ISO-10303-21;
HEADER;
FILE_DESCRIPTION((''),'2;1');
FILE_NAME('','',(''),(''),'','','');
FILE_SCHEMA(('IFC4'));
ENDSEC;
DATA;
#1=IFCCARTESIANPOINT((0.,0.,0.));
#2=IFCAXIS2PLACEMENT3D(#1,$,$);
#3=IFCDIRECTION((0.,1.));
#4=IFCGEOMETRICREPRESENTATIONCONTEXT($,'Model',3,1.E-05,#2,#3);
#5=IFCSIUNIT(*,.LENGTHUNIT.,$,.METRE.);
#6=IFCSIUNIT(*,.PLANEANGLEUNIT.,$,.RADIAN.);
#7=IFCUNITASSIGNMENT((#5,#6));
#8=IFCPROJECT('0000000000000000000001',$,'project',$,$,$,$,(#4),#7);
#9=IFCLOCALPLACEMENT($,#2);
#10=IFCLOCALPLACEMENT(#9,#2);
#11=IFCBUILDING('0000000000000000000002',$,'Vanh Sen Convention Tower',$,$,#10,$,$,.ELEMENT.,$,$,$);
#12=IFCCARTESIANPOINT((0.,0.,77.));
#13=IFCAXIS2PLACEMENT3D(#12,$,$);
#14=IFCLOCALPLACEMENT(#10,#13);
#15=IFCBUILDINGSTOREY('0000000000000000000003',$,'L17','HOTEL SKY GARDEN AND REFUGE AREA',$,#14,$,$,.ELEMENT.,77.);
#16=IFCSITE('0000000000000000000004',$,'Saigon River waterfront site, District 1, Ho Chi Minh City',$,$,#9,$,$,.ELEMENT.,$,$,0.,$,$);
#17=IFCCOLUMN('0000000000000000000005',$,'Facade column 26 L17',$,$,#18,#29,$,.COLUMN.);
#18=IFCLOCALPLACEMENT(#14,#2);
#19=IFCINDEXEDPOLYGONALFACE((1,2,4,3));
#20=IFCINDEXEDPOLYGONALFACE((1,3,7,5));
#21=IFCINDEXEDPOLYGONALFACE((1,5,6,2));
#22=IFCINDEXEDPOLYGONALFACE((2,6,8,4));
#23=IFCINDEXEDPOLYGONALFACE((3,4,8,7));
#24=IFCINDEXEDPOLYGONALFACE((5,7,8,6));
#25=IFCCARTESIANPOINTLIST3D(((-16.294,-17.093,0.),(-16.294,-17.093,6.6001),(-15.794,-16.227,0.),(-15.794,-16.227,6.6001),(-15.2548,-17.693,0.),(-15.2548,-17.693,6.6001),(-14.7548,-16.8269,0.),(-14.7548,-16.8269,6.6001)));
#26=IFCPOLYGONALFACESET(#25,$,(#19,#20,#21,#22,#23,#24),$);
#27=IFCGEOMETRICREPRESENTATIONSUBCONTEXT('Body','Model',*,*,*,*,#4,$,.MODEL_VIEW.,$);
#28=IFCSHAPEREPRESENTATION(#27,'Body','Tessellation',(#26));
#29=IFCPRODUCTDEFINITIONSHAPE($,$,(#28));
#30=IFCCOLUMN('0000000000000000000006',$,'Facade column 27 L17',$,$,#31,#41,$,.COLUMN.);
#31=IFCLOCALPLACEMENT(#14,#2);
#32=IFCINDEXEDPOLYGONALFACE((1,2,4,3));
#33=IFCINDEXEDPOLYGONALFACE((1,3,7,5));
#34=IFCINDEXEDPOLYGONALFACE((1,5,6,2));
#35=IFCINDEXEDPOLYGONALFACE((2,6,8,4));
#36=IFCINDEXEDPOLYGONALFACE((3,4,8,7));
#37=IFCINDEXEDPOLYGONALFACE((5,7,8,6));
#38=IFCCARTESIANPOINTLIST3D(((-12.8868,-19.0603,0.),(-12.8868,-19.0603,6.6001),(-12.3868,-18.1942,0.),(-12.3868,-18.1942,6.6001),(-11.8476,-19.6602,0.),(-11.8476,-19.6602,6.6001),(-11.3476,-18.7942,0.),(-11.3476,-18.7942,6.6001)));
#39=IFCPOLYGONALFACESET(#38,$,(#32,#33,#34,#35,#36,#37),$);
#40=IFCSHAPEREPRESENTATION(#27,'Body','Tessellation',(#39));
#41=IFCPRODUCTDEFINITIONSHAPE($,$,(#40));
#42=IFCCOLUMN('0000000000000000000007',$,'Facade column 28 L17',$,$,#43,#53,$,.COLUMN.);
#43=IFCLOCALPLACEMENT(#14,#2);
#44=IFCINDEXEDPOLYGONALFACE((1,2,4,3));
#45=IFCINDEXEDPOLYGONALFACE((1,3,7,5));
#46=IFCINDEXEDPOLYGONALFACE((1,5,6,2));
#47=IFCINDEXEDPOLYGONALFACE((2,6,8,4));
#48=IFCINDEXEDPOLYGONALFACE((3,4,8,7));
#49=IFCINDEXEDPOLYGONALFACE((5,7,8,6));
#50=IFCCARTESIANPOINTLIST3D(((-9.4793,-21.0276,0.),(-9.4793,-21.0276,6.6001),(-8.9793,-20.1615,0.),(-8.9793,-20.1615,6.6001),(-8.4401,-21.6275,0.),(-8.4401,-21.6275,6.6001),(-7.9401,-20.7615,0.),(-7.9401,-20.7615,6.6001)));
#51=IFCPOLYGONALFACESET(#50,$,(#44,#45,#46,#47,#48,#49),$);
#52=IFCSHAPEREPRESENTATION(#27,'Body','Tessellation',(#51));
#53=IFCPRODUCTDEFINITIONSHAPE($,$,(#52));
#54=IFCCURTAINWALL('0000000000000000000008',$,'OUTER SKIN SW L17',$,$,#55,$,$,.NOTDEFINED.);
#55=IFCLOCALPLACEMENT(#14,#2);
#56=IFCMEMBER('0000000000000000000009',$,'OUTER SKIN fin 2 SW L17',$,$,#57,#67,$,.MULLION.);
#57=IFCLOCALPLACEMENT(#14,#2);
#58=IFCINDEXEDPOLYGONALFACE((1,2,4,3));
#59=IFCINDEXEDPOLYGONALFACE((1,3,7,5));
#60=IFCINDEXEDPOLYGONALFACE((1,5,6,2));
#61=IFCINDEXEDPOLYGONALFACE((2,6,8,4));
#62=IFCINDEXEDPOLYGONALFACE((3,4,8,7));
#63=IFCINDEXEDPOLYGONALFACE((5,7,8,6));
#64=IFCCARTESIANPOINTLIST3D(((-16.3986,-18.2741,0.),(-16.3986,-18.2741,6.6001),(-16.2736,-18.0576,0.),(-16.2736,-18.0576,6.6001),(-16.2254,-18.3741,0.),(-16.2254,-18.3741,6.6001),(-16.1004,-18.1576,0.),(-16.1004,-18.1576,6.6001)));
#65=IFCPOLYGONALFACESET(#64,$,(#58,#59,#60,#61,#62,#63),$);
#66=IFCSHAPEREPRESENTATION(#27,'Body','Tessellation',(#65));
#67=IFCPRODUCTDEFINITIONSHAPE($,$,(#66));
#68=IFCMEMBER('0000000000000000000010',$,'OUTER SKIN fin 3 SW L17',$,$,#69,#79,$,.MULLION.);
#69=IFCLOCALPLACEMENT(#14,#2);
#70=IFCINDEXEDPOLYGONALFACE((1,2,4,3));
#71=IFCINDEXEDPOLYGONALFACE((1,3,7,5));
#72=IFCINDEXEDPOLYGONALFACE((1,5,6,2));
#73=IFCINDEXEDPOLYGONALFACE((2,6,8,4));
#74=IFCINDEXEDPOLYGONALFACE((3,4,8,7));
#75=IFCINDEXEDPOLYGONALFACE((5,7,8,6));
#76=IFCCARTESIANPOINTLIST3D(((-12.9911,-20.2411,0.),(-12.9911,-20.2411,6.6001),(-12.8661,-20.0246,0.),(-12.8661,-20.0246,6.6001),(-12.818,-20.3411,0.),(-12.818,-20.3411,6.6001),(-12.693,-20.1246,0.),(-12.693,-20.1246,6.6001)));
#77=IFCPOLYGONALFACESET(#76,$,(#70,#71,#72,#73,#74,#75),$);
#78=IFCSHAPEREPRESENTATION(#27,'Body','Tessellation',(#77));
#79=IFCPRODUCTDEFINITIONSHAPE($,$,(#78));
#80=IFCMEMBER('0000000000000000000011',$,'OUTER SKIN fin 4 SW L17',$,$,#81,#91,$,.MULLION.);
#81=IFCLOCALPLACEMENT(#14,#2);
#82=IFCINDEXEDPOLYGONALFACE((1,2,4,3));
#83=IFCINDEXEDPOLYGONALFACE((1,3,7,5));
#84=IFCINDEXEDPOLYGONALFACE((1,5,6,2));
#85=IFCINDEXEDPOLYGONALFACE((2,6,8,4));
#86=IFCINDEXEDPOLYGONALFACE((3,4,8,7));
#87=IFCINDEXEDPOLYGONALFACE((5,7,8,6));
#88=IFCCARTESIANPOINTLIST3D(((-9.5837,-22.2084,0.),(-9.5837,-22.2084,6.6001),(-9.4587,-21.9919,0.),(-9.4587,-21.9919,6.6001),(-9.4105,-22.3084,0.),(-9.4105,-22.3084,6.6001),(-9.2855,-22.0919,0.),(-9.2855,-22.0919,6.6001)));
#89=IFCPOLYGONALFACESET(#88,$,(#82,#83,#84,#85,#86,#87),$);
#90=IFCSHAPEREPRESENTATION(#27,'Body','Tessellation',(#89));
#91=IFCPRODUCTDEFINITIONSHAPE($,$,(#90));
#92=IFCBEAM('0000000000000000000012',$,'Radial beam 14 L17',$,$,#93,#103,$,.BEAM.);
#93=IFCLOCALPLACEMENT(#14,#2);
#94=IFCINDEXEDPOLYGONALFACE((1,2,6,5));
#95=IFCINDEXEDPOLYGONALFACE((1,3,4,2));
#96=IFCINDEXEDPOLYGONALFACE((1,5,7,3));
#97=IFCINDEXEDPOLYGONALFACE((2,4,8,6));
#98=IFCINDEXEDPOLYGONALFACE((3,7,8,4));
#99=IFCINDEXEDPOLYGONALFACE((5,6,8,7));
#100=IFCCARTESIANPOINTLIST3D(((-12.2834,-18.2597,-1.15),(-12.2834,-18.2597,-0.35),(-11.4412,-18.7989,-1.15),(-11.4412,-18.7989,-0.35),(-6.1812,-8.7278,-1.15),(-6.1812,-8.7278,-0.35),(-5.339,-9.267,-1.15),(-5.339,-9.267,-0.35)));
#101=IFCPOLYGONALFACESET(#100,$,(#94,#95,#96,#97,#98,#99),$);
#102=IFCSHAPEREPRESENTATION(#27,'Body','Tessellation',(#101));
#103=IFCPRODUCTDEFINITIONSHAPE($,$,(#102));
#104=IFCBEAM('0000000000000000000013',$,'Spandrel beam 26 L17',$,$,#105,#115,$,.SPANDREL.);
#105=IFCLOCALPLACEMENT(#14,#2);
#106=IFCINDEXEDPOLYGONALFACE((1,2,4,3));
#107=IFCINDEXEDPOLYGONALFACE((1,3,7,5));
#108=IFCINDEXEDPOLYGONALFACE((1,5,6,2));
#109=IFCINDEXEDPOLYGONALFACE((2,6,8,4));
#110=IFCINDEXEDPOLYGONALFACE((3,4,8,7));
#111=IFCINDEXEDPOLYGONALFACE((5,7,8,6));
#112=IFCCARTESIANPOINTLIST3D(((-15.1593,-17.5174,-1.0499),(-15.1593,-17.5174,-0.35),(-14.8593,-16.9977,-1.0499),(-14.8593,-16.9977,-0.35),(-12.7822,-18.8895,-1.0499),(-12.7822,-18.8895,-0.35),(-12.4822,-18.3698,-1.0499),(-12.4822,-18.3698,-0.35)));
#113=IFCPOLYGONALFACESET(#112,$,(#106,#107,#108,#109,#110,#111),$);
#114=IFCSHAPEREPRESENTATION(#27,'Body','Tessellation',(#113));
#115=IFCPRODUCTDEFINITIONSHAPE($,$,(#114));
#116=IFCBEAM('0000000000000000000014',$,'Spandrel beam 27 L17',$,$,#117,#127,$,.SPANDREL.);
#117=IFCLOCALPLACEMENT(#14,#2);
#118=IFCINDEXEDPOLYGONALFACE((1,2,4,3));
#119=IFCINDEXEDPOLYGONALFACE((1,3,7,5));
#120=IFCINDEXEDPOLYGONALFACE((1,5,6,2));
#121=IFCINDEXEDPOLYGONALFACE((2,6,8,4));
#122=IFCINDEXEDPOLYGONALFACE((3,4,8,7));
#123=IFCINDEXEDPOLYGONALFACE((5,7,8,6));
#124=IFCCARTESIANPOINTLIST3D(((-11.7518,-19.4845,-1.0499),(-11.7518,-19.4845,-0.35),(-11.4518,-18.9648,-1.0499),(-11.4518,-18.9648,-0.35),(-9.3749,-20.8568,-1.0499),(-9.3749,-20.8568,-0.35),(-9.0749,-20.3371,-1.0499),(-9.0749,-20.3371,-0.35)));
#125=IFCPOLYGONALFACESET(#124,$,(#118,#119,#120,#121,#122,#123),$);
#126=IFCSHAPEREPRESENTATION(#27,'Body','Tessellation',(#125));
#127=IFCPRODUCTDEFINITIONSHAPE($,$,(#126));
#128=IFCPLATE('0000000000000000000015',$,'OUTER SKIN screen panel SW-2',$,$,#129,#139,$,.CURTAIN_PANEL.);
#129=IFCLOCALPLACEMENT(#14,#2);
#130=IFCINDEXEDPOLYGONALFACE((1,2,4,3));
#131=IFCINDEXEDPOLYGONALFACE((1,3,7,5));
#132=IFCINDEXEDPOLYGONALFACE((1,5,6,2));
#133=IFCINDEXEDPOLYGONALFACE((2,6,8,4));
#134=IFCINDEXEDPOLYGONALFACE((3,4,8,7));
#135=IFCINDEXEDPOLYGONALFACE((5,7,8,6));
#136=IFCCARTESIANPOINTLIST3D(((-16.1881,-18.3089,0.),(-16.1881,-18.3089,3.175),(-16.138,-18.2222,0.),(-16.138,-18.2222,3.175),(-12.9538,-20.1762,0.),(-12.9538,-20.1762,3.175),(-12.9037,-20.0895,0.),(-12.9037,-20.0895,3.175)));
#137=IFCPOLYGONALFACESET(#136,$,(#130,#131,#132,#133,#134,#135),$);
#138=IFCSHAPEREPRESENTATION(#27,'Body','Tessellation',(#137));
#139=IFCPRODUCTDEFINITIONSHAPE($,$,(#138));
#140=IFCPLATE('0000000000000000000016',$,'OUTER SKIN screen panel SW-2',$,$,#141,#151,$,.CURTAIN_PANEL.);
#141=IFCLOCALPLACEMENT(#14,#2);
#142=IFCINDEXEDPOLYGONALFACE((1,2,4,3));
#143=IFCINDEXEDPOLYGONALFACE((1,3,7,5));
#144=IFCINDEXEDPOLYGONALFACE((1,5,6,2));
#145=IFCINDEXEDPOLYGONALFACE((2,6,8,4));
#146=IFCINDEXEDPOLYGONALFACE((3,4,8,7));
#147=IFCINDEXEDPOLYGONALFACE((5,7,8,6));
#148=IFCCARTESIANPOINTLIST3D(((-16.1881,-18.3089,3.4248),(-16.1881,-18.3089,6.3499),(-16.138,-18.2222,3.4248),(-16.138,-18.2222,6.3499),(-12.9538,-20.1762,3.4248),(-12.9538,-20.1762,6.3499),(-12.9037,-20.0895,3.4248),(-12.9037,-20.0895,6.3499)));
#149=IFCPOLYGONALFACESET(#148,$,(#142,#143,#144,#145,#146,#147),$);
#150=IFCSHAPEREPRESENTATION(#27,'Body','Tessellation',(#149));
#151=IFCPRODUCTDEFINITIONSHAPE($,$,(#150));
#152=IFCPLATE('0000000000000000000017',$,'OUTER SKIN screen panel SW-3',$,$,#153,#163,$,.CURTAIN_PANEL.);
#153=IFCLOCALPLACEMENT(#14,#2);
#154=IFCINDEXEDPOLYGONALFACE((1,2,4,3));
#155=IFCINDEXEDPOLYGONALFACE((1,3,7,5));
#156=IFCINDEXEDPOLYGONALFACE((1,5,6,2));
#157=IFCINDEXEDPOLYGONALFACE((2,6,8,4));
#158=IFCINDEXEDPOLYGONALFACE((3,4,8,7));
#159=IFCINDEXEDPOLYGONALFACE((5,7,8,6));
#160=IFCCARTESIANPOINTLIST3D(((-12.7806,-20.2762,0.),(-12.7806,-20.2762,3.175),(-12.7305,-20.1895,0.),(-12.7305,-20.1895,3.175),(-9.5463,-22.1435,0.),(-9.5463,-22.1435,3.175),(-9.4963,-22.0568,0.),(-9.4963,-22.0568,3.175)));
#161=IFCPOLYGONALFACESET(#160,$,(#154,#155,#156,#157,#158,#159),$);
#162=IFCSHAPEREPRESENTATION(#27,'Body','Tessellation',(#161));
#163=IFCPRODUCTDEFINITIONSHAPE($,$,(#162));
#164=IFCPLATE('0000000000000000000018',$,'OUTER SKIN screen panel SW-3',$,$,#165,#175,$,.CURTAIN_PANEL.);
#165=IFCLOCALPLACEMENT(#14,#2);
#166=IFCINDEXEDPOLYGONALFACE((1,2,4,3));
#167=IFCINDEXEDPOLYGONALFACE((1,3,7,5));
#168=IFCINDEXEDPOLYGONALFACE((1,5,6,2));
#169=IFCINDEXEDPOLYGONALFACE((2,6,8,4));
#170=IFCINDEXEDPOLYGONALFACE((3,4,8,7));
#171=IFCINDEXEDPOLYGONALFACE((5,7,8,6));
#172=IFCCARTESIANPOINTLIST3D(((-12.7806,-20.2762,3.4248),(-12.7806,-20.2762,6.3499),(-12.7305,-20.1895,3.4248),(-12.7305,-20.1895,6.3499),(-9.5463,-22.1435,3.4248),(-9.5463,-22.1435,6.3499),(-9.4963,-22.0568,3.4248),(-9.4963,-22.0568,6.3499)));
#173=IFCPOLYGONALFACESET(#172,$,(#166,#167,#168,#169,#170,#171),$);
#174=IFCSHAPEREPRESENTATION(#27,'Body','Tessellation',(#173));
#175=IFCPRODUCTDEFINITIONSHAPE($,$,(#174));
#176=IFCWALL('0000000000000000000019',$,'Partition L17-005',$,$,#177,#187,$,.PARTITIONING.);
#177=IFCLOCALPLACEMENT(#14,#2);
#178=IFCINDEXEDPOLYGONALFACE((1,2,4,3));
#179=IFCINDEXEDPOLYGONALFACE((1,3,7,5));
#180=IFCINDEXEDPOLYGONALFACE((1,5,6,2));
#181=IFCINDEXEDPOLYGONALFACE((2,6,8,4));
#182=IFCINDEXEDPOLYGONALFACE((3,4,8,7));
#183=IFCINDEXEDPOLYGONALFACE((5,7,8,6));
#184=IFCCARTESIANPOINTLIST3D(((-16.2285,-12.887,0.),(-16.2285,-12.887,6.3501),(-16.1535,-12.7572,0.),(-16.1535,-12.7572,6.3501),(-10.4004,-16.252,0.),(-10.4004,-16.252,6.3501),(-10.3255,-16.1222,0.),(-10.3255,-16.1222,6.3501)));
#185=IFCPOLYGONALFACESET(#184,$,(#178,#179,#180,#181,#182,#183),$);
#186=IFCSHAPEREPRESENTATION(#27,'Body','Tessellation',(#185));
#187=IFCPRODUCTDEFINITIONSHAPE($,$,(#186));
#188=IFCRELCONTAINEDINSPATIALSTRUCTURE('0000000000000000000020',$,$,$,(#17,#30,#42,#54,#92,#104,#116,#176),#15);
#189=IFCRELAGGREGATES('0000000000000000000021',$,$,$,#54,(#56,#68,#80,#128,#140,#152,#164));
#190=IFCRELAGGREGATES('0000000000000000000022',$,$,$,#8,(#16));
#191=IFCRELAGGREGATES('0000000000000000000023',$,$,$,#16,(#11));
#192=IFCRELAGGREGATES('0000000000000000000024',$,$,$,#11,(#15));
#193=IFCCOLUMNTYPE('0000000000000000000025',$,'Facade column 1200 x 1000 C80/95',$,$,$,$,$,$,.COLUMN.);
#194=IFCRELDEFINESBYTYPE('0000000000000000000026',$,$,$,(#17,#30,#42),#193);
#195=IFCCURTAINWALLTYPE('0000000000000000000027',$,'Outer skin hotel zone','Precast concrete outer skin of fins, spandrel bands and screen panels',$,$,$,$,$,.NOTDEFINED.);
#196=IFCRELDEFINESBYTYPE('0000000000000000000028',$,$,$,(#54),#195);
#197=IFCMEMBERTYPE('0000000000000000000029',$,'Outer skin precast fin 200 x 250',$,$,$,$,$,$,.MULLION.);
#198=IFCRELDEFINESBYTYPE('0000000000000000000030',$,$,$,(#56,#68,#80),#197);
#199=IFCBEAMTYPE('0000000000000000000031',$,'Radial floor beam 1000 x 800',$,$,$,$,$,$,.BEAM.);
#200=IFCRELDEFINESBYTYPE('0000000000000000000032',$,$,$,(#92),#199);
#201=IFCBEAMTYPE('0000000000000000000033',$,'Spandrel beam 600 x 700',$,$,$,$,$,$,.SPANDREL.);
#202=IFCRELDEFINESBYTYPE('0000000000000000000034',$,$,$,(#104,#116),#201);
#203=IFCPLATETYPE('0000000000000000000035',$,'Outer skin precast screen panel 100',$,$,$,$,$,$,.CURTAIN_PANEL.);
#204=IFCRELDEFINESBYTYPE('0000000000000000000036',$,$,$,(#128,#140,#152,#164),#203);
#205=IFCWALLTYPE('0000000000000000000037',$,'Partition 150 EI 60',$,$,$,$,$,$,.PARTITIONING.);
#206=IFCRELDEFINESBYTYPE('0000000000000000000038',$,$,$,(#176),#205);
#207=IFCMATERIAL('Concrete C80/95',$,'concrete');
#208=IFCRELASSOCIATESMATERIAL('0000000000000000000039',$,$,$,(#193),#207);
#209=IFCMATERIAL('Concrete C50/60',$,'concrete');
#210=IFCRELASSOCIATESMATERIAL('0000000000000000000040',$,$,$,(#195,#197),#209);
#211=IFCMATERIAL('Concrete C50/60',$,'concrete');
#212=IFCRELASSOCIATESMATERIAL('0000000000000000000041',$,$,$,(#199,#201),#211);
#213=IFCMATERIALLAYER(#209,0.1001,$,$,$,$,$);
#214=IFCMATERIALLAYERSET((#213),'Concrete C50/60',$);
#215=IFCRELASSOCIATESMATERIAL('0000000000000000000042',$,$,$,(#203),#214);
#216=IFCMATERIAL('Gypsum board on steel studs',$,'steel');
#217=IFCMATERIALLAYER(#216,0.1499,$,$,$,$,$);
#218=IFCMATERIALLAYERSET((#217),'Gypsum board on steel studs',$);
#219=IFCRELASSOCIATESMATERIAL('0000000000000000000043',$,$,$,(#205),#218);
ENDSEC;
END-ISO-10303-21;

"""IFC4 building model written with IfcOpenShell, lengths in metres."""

from ifc_helpers import new_model, si_unit, direction, frame, frame_2d, origin, origin_2d, place, context, subcontext, project, spatial, rectangle, extrude, material, layer, layer_set, material_profile, profile_set, type_object, element, aggregate, save


model = new_model("IFC4")

# Units and contexts
model_context = context("Model", 3, precision=1e-05, world=origin(), true_north=direction((0.0, 1.0)))
body_context = subcontext(model_context, "Body", "Model", "MODEL_VIEW")
ifc_project = project(units=[si_unit("LENGTHUNIT", "METRE"), si_unit("PLANEANGLEUNIT", "RADIAN")], contexts=[model_context])

# Site, building, storey
site_placement = place(None, origin())
site = spatial("IfcSite", under=ifc_project, at=site_placement, Name="Saigon River waterfront site, District 1, Ho Chi Minh City", CompositionType="ELEMENT", RefElevation=0.0)
building_placement = place(site_placement, origin())
building = spatial("IfcBuilding", under=site, at=building_placement, Name="Vanh Sen Convention Tower", CompositionType="ELEMENT")
storey_placement = place(building_placement, frame((0.0, 0.0, 77.0)))
storey = spatial("IfcBuildingStorey", under=building, at=storey_placement, Name="L17", Description="HOTEL SKY GARDEN AND REFUGE AREA", CompositionType="ELEMENT", Elevation=77.0)

# Columns
ifc_material_1 = material(Name="Concrete C80/95", Category="concrete")
ifc_material_profile_1 = material_profile(ifc_material_1, rectangle(XDim=1.2, YDim=1.0, at=origin_2d()), Name="RC 1200X1000")
ifc_profile_set_1 = profile_set([ifc_material_profile_1], Name="Concrete C80/95")
column_type = type_object("IfcColumnType", Name="Facade column 1200 x 1000 C80/95", PredefinedType="COLUMN", material=ifc_profile_set_1)
for number, where, z_axis, x_axis, name in (
    (1, (-15.5244, -16.96, 0.0), (0.0, 0.0, 1.0), (0.866025, -0.5, 0.0), "Facade column 26 L17"),
    (2, (-12.1172, -18.9272, 0.0), (0.0, 0.0, 1.0), (0.866025, -0.5, 0.0), "Facade column 27 L17"),
    (3, (-8.7097, -20.8945, 0.0), (0.0, 0.0, 1.0), (0.866025, -0.5, 0.0), "Facade column 28 L17"),
):
    element("IfcColumn", number, at=place(storey_placement, frame(where, z_axis=z_axis, x_axis=x_axis)), inside=storey, type_object=column_type, Name=name, PredefinedType="COLUMN", context=body_context, shape_type="SweptSolid", body=[
        extrude(rectangle(XDim=1.2, YDim=1.0, at=origin_2d()), origin(), (0.0, 0.0, 1.0), 6.6001),
    ])

# Curtain wall, members
ifc_material_2 = material(Name="Concrete C50/60", Category="concrete")
curtain_wall_type = type_object("IfcCurtainWallType", Name="Outer skin hotel zone", Description="Precast concrete outer skin of fins, spandrel bands and screen panels", PredefinedType="NOTDEFINED", material=ifc_material_2)
curtain_wall_placement = place(storey_placement, origin())
curtain_wall = element("IfcCurtainWall", 4, at=curtain_wall_placement, inside=storey, type_object=curtain_wall_type, Name="OUTER SKIN SW L17", PredefinedType="NOTDEFINED")
ifc_material_profile_2 = material_profile(ifc_material_2, rectangle(XDim=0.2, YDim=0.25, at=origin_2d()), Name="Outer skin precast fin 200 x 250")
ifc_profile_set_2 = profile_set([ifc_material_profile_2], Name="Concrete C50/60")
member_type = type_object("IfcMemberType", Name="Outer skin precast fin 200 x 250", PredefinedType="MULLION", material=ifc_profile_set_2)
member_1_placement = place(storey_placement, frame((-16.2495, -18.2158, 0.0), z_axis=(0.0, 0.0, 1.0), x_axis=(0.866025, -0.5, 0.0)))
member_1 = element("IfcMember", 5, at=member_1_placement, type_object=member_type, Name="OUTER SKIN fin 2 SW L17", PredefinedType="MULLION", context=body_context, shape_type="SweptSolid", body=[
    extrude(rectangle(XDim=0.2, YDim=0.25, at=origin_2d()), origin(), (0.0, 0.0, 1.0), 6.6001),
])
member_2_placement = place(storey_placement, frame((-12.842, -20.1829, 0.0), z_axis=(0.0, 0.0, 1.0), x_axis=(0.866025, -0.5, 0.0)))
member_2 = element("IfcMember", 6, at=member_2_placement, type_object=member_type, Name="OUTER SKIN fin 3 SW L17", PredefinedType="MULLION", context=body_context, shape_type="SweptSolid", body=[
    extrude(rectangle(XDim=0.2, YDim=0.25, at=origin_2d()), origin(), (0.0, 0.0, 1.0), 6.6001),
])
member_3_placement = place(storey_placement, frame((-9.4346, -22.1501, 0.0), z_axis=(0.0, 0.0, 1.0), x_axis=(0.866025, -0.5, 0.0)))
member_3 = element("IfcMember", 7, at=member_3_placement, type_object=member_type, Name="OUTER SKIN fin 4 SW L17", PredefinedType="MULLION", context=body_context, shape_type="SweptSolid", body=[
    extrude(rectangle(XDim=0.2, YDim=0.25, at=origin_2d()), origin(), (0.0, 0.0, 1.0), 6.6001),
])

# Beams
ifc_material_3 = material(Name="Concrete C50/60", Category="concrete")
ifc_material_profile_3 = material_profile(ifc_material_3, rectangle(XDim=1.0, YDim=0.8, at=origin_2d()), Name="RC 1000X800")
ifc_profile_set_3 = profile_set([ifc_material_profile_3], Name="Concrete C50/60")
beam_type_1 = type_object("IfcBeamType", Name="Radial floor beam 1000 x 800", PredefinedType="BEAM", material=ifc_profile_set_3)
beam_placement = place(storey_placement, frame((-11.8623, -18.5293, -0.75), z_axis=(0.539168, 0.842198, 0.0), x_axis=(-0.842198, 0.539168, 0.0)))
element("IfcBeam", 8, at=beam_placement, inside=storey, type_object=beam_type_1, Name="Radial beam 14 L17", PredefinedType="BEAM", context=body_context, shape_type="SweptSolid", body=[
    extrude(rectangle(XDim=1.0, YDim=0.8, at=origin_2d()), origin(), (0.0, 0.0, 1.0), 11.3179),
])
ifc_material_profile_4 = material_profile(ifc_material_3, rectangle(XDim=0.6001, YDim=0.7, at=origin_2d()), Name="RC 600X700")
ifc_profile_set_4 = profile_set([ifc_material_profile_4], Name="Concrete C50/60")
beam_type_2 = type_object("IfcBeamType", Name="Spandrel beam 600 x 700", PredefinedType="SPANDREL", material=ifc_profile_set_4)
for number, where, z_axis, x_axis, name in (
    (9, (-15.0093, -17.2576, -0.7), (0.866067, -0.499928, 0.0), (0.499928, 0.866067, 0.0), "Spandrel beam 26 L17"),
    (10, (-11.6018, -19.2246, -0.7), (0.866029, -0.499995, 0.0), (0.499995, 0.866029, 0.0), "Spandrel beam 27 L17"),
):
    element("IfcBeam", number, at=place(storey_placement, frame(where, z_axis=z_axis, x_axis=x_axis)), inside=storey, type_object=beam_type_2, Name=name, PredefinedType="SPANDREL", context=body_context, shape_type="SweptSolid", body=[
        extrude(rectangle(XDim=0.6001, YDim=0.7, at=origin_2d()), origin(), (0.0, 0.0, 1.0), 2.7446),
    ])

# Plates
ifc_layer_1 = layer(ifc_material_2, 0.1001)
ifc_layer_set_1 = layer_set([ifc_layer_1], Name="Concrete C50/60")
plate_type = type_object("IfcPlateType", Name="Outer skin precast screen panel 100", PredefinedType="CURTAIN_PANEL", material=ifc_layer_set_1)
plate_1_placement = place(storey_placement, frame((-14.5459, -19.1992, 0.0), z_axis=(0.0, 0.0, 1.0), x_axis=(0.866032, -0.499988, 0.0)))
plate_1 = element("IfcPlate", 11, at=plate_1_placement, type_object=plate_type, Name="OUTER SKIN screen panel SW-2", PredefinedType="CURTAIN_PANEL", context=body_context, shape_type="SweptSolid", body=[
    extrude(rectangle(XDim=3.7346, YDim=0.1001, at=origin_2d()), origin(), (0.0, 0.0, 1.0), 3.175),
])
plate_2_placement = place(storey_placement, frame((-14.5459, -19.1992, 3.4248), z_axis=(0.0, 0.0, 1.0), x_axis=(0.866032, -0.499988, 0.0)))
plate_2 = element("IfcPlate", 12, at=plate_2_placement, type_object=plate_type, Name="OUTER SKIN screen panel SW-2", PredefinedType="CURTAIN_PANEL", context=body_context, shape_type="SweptSolid", body=[
    extrude(rectangle(XDim=3.7346, YDim=0.1001, at=origin_2d()), origin(), (0.0, 0.0, 1.0), 2.925),
])
plate_3_placement = place(storey_placement, frame((-11.1384, -21.1665, 0.0), z_axis=(0.0, 0.0, 1.0), x_axis=(0.866028, -0.499995, 0.0)))
plate_3 = element("IfcPlate", 13, at=plate_3_placement, type_object=plate_type, Name="OUTER SKIN screen panel SW-3", PredefinedType="CURTAIN_PANEL", context=body_context, shape_type="SweptSolid", body=[
    extrude(rectangle(XDim=3.7346, YDim=0.1001, at=origin_2d()), origin(), (0.0, 0.0, 1.0), 3.175),
])
plate_4_placement = place(storey_placement, frame((-11.1384, -21.1665, 3.4248), z_axis=(0.0, 0.0, 1.0), x_axis=(0.866028, -0.499995, 0.0)))
plate_4 = element("IfcPlate", 14, at=plate_4_placement, type_object=plate_type, Name="OUTER SKIN screen panel SW-3", PredefinedType="CURTAIN_PANEL", context=body_context, shape_type="SweptSolid", body=[
    extrude(rectangle(XDim=3.7346, YDim=0.1001, at=origin_2d()), origin(), (0.0, 0.0, 1.0), 2.925),
])
aggregate(curtain_wall, [member_1, member_2, member_3, plate_1, plate_2, plate_3, plate_4])

# Wall
ifc_material_4 = material(Name="Gypsum board on steel studs", Category="steel")
ifc_layer_2 = layer(ifc_material_4, 0.1499)
ifc_layer_set_2 = layer_set([ifc_layer_2], Name="Gypsum board on steel studs")
wall_type = type_object("IfcWallType", Name="Partition 150 EI 60", PredefinedType="PARTITIONING", material=ifc_layer_set_2)
wall_1_placement = place(storey_placement, frame((-10.363, -16.187, 0.0), z_axis=(0.0, 0.0, 1.0), x_axis=(-0.866018, 0.500013, 0.0)))
element("IfcWall", 15, at=wall_1_placement, inside=storey, type_object=wall_type, Name="Partition L17-005", PredefinedType="PARTITIONING", context=body_context, shape_type="SweptSolid", body=[
    extrude(rectangle(XDim=6.7297, YDim=0.1499, at=frame_2d((3.3647, 0.0))), origin(), (0.0, 0.0, 1.0), 6.3501),
])

save(model, "model.ifc")
